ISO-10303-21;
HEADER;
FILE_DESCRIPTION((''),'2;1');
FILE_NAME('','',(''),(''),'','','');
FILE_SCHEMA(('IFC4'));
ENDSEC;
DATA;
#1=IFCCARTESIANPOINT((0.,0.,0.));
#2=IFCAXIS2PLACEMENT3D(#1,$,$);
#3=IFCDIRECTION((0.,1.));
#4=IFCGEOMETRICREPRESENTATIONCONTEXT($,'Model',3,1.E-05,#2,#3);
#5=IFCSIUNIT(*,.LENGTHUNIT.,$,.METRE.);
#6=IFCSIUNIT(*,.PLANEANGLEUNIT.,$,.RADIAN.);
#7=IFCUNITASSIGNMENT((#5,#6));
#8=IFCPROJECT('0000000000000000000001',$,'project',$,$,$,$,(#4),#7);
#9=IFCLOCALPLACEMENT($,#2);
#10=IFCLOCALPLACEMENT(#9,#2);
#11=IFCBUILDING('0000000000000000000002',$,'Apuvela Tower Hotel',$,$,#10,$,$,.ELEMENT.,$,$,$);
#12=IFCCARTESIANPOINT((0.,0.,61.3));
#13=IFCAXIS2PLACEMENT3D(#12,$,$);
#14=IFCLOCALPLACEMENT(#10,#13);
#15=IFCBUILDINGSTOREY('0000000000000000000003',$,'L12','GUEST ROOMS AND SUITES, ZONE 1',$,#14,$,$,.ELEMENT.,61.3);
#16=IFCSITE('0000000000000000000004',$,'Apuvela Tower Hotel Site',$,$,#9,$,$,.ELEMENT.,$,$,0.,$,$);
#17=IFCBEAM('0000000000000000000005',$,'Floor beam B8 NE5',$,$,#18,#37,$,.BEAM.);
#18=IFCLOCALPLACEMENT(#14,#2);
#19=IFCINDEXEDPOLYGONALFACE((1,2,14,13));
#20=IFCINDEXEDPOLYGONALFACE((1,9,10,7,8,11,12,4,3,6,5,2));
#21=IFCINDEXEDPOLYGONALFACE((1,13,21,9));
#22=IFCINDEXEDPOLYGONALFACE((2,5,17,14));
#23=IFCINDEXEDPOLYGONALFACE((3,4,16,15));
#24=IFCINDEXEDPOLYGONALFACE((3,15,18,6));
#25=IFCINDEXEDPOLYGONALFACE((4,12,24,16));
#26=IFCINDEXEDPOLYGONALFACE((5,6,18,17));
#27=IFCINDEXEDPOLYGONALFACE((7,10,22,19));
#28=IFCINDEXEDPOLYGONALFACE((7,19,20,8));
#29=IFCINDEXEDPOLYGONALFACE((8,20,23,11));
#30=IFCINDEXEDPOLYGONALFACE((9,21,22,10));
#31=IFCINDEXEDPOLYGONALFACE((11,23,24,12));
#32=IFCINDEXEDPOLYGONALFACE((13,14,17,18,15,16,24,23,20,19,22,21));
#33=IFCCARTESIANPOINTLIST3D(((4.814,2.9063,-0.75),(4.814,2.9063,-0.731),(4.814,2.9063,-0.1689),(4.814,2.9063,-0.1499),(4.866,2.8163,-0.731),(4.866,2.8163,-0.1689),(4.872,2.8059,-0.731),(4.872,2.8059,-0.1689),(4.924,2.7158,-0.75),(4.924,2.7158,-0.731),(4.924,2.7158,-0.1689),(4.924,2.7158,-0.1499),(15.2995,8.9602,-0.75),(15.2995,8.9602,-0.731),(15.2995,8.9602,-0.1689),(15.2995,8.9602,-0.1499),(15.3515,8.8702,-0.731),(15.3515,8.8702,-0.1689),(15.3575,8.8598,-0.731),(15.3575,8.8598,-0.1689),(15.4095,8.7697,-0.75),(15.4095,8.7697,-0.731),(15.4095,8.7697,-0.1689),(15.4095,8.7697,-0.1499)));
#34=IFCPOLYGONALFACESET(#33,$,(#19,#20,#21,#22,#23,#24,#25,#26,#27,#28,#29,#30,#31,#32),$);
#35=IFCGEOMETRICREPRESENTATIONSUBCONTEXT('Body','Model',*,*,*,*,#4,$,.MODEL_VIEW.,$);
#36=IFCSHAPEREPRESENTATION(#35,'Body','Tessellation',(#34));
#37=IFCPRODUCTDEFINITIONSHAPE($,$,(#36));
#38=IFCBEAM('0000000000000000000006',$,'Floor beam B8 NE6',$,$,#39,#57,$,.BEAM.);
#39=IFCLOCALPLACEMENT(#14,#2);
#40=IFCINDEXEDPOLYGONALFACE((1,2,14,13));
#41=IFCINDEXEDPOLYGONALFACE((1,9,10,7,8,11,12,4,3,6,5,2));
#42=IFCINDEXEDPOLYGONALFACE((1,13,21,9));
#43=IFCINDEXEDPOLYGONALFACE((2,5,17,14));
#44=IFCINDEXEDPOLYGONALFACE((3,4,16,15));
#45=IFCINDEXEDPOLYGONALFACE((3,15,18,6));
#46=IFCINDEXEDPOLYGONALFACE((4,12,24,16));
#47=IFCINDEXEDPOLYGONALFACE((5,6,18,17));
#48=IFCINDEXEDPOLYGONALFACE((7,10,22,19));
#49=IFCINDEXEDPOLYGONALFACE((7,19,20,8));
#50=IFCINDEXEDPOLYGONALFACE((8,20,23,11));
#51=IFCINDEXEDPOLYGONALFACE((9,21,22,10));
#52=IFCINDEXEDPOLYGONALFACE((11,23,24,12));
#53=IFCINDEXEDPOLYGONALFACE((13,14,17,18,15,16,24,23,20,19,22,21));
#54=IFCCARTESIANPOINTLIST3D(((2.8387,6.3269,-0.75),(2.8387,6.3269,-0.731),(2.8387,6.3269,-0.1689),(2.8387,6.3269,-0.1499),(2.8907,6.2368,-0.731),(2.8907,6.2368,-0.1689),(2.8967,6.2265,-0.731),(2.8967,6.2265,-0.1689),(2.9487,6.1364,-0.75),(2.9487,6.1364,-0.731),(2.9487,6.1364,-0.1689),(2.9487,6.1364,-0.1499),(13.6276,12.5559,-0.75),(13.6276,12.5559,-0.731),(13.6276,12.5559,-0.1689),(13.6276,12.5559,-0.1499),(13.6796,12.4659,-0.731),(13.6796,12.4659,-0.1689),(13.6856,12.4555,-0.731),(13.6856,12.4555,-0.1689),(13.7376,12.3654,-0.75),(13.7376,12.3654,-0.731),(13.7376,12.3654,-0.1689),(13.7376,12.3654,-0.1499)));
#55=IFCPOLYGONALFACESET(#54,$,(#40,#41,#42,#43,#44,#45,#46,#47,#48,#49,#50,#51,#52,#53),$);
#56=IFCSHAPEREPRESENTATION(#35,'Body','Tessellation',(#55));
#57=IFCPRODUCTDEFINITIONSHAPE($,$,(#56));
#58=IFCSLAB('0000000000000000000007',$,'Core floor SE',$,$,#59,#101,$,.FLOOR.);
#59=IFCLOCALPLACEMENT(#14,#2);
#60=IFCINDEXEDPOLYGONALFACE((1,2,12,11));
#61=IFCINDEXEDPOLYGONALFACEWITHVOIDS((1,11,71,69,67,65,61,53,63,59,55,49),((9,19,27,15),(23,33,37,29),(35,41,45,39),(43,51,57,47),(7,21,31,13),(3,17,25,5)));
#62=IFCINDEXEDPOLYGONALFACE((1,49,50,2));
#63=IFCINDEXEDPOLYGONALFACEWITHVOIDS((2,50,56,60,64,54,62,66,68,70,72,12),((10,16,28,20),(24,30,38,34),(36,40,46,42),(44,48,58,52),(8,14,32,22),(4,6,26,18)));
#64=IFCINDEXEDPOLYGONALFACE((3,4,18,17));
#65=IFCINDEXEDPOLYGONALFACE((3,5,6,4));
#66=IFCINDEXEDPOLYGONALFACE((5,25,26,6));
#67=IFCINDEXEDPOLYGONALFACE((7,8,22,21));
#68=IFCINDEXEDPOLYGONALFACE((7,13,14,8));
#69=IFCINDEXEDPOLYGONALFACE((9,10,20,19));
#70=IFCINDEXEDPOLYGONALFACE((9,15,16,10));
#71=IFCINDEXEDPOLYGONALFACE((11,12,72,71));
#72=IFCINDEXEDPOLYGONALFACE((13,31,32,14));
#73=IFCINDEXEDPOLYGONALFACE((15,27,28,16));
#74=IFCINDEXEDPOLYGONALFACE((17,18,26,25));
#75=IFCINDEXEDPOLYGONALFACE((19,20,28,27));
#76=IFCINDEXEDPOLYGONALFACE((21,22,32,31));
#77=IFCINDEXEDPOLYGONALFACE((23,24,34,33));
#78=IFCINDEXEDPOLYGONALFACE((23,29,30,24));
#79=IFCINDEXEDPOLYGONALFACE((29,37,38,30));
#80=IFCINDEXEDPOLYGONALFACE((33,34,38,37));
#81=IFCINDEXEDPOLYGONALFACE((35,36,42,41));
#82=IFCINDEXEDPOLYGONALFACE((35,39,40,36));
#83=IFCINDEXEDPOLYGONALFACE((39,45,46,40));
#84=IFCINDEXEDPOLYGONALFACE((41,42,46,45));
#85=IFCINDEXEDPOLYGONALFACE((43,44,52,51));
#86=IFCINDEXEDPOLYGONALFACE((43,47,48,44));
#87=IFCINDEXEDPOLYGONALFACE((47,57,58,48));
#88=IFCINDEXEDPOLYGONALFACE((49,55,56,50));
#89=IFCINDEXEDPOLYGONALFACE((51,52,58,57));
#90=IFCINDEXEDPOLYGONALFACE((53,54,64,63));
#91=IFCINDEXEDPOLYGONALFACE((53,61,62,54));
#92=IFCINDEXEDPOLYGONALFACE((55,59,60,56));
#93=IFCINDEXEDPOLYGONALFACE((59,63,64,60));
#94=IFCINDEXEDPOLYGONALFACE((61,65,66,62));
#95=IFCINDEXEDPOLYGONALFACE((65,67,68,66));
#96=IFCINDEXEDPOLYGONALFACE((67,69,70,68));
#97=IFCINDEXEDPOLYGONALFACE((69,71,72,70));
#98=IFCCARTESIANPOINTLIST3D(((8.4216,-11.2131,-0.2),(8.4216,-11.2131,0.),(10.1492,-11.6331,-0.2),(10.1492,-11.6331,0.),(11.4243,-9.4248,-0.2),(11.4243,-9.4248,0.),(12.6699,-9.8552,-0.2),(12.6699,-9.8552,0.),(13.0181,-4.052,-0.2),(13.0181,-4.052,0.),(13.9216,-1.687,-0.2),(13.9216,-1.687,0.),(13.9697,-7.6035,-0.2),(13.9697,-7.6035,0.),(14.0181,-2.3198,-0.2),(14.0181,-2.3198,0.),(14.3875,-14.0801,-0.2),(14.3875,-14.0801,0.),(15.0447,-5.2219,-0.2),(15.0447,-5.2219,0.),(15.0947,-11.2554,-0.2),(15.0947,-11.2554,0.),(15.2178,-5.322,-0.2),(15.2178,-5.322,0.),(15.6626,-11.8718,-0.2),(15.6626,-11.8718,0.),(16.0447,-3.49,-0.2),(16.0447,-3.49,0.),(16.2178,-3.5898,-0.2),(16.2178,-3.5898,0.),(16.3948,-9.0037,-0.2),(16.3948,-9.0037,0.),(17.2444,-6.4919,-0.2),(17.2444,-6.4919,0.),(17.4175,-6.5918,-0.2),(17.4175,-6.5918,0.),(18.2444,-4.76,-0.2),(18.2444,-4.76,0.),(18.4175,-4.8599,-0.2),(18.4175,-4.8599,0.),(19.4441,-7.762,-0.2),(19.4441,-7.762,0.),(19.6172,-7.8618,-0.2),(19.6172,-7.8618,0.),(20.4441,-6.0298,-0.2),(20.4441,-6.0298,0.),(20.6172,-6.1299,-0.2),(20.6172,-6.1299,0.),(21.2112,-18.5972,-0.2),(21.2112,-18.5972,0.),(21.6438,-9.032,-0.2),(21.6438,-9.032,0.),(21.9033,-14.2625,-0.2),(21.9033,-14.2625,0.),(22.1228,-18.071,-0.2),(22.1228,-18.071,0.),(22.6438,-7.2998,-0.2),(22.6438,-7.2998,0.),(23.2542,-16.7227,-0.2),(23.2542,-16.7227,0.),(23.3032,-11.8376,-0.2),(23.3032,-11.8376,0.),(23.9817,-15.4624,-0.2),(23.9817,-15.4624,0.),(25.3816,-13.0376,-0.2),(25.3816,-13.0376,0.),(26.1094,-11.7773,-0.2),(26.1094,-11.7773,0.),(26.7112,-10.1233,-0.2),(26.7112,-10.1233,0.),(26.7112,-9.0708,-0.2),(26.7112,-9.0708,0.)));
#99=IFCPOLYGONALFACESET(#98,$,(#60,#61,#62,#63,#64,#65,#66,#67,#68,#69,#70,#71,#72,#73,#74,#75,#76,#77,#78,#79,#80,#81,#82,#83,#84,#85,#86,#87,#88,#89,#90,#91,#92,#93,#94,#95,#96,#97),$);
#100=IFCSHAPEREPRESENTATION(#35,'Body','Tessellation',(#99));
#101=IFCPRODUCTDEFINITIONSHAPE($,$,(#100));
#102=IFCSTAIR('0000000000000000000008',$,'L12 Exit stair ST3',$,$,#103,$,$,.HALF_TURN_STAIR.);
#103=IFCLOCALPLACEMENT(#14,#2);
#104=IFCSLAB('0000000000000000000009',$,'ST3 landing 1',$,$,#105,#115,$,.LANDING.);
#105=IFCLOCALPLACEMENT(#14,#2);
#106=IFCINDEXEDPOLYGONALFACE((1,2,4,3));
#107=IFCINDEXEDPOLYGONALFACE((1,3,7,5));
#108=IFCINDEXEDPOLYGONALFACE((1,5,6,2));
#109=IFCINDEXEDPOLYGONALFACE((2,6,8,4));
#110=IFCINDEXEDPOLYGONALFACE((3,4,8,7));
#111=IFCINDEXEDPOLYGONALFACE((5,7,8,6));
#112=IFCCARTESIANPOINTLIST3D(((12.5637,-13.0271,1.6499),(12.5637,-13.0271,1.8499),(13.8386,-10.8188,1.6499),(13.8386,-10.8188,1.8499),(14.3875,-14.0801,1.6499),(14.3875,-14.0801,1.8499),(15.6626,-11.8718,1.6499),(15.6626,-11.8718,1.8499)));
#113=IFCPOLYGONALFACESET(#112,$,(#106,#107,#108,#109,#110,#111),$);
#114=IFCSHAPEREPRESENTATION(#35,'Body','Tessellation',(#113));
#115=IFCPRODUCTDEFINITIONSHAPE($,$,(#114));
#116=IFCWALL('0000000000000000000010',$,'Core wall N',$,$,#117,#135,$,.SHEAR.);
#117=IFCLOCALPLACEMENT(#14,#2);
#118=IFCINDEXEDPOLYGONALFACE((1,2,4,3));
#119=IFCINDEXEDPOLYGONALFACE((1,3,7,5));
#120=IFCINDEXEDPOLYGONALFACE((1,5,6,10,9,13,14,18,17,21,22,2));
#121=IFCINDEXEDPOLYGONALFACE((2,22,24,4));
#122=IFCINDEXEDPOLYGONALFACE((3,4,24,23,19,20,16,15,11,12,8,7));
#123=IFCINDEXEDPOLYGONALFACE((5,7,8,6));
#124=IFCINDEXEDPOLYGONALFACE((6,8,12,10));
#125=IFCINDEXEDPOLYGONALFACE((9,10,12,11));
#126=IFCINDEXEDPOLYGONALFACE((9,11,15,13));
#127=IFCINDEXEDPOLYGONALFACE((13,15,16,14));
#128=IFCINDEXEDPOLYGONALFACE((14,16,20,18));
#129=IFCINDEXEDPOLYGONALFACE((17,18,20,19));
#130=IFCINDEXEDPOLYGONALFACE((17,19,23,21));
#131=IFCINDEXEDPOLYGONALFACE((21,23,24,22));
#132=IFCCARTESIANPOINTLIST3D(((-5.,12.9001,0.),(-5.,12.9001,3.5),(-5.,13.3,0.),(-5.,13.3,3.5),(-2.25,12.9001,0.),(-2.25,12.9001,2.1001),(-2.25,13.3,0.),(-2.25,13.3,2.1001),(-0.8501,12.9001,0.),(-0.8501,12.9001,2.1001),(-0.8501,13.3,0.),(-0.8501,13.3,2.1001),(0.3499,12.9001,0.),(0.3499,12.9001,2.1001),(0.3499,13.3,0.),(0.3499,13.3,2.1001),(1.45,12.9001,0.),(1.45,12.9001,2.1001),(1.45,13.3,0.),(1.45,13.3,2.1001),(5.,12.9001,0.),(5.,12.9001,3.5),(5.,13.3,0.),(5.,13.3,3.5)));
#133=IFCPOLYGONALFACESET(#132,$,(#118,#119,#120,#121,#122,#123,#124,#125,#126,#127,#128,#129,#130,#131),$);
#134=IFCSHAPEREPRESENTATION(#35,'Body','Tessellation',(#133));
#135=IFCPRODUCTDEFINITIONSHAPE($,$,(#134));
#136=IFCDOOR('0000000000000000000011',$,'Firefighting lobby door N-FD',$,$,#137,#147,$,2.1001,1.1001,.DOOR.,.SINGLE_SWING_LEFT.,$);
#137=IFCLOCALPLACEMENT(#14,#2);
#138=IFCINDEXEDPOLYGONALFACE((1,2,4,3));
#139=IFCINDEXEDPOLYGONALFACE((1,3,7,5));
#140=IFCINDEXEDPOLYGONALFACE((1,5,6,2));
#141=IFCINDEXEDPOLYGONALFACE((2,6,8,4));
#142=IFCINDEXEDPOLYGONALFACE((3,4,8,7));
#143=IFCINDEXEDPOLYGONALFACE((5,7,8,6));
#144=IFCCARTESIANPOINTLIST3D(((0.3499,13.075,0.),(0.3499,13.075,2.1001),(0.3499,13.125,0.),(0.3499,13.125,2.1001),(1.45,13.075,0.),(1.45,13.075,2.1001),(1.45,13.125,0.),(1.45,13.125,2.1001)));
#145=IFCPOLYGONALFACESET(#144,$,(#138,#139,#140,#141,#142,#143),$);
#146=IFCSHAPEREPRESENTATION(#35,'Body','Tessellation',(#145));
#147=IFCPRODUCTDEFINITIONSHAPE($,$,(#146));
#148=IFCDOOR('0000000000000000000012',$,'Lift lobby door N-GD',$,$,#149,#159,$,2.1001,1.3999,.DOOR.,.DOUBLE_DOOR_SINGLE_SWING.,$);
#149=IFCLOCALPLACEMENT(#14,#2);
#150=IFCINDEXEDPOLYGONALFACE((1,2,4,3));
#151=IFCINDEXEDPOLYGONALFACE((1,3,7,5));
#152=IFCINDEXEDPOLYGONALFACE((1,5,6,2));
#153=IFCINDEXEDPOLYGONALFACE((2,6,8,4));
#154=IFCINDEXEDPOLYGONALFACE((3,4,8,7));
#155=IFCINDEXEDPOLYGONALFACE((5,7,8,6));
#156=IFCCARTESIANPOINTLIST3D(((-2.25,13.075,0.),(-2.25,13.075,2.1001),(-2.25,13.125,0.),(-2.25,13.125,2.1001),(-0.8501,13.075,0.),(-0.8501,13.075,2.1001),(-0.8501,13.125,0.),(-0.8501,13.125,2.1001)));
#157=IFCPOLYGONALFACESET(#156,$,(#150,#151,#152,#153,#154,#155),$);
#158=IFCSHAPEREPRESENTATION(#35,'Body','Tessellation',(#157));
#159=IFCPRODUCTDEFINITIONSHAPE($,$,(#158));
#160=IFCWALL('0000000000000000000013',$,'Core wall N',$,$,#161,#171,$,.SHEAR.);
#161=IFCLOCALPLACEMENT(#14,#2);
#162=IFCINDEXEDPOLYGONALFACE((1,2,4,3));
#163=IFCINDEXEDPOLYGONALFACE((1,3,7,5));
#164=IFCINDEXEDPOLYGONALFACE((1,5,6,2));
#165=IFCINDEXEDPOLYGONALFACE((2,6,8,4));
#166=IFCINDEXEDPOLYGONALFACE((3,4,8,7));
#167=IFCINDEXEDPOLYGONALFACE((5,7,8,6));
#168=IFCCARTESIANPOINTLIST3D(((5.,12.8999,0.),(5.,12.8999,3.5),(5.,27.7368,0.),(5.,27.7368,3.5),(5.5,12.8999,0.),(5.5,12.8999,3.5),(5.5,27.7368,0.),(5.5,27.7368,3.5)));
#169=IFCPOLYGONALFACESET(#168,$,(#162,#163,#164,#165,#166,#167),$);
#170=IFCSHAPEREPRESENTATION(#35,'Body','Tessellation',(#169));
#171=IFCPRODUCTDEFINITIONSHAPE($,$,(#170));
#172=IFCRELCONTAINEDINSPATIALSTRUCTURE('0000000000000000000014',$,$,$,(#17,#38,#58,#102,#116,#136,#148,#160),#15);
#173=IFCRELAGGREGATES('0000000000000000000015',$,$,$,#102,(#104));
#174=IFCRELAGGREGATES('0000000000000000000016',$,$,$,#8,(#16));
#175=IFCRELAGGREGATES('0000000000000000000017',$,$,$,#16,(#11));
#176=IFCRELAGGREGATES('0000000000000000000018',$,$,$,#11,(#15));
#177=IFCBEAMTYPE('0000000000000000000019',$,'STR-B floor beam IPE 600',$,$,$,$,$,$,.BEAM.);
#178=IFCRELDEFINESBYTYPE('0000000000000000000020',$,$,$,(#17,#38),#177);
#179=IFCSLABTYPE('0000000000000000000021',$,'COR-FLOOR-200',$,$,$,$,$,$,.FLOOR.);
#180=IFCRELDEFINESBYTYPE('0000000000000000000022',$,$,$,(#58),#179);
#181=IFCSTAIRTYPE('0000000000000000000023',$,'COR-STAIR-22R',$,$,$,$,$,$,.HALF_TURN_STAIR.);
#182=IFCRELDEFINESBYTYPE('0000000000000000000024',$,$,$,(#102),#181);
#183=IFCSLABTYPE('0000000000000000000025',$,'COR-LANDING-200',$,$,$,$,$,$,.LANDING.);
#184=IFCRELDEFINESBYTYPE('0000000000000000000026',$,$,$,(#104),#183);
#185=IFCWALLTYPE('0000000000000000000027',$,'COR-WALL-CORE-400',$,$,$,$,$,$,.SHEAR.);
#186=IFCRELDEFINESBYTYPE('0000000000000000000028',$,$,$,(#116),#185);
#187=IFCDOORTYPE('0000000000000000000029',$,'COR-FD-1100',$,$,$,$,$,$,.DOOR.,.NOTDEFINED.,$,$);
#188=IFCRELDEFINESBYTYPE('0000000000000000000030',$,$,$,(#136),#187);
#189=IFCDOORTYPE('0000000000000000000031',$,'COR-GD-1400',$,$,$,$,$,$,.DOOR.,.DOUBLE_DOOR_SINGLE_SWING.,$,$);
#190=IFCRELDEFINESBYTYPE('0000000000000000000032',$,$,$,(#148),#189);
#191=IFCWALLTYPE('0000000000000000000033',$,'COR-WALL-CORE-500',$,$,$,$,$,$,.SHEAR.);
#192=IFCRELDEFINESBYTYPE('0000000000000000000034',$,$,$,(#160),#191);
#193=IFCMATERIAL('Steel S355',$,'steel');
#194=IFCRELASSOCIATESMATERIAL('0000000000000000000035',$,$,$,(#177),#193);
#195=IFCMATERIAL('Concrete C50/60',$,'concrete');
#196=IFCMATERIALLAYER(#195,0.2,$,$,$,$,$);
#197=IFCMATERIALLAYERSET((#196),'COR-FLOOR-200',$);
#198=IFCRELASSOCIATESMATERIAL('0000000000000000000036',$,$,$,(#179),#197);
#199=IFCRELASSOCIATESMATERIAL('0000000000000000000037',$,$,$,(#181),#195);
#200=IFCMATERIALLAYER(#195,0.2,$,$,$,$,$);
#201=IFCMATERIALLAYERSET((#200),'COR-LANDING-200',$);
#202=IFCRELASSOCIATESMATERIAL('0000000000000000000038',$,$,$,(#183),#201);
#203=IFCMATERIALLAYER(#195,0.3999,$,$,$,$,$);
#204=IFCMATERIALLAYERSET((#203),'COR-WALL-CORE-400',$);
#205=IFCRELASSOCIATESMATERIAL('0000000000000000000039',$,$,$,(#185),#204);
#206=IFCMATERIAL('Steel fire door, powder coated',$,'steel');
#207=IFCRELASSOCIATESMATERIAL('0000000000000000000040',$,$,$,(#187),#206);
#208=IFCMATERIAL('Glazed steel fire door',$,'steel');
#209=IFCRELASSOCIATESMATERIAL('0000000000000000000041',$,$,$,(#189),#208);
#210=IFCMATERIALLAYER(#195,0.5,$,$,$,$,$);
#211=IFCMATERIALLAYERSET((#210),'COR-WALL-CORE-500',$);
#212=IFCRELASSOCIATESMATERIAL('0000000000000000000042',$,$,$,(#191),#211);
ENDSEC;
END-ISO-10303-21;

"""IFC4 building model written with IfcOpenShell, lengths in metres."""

from ifc_helpers import new_model, si_unit, direction, frame, frame_2d, origin, origin_2d, place, context, subcontext, project, spatial, polyline, rectangle, i_section, outline, extrude, material, layer, layer_set, material_profile, profile_set, type_object, element, fill, aggregate, save


model = new_model("IFC4")

# Units and contexts
model_context = context("Model", 3, precision=1e-05, world=origin(), true_north=direction((0.0, 1.0)))
body_context = subcontext(model_context, "Body", "Model", "MODEL_VIEW")
ifc_project = project(units=[si_unit("LENGTHUNIT", "METRE"), si_unit("PLANEANGLEUNIT", "RADIAN")], contexts=[model_context])

# Site, building, storey
site_placement = place(None, origin())
site = spatial("IfcSite", under=ifc_project, at=site_placement, Name="Apuvela Tower Hotel Site", CompositionType="ELEMENT", RefElevation=0.0)
building_placement = place(site_placement, origin())
building = spatial("IfcBuilding", under=site, at=building_placement, Name="Apuvela Tower Hotel", CompositionType="ELEMENT")
storey_placement = place(building_placement, frame((0.0, 0.0, 61.3)))
storey = spatial("IfcBuildingStorey", under=building, at=storey_placement, Name="L12", Description="GUEST ROOMS AND SUITES, ZONE 1", CompositionType="ELEMENT", Elevation=61.3)

# Beams
ifc_material_1 = material(Name="Steel S355", Category="steel")
ifc_material_profile = material_profile(ifc_material_1, i_section(OverallWidth=0.22, OverallDepth=0.6001, WebThickness=0.012, FlangeThickness=0.019, at=origin_2d()), Name="IPE 600")
ifc_profile_set = profile_set([ifc_material_profile], Name="Steel S355")
beam_type = type_object("IfcBeamType", Name="STR-B floor beam IPE 600", PredefinedType="BEAM", material=ifc_profile_set)
beam_1_placement = place(storey_placement, frame((15.3545, 8.865, -0.45), z_axis=(-0.866022, -0.500006, 0.0), x_axis=(0.500006, -0.866022, 0.0)))
element("IfcBeam", 1, at=beam_1_placement, inside=storey, type_object=beam_type, Name="Floor beam B8 NE5", PredefinedType="BEAM", context=body_context, shape_type="SweptSolid", body=[
    extrude(i_section(OverallWidth=0.22, OverallDepth=0.6001, WebThickness=0.012, FlangeThickness=0.019, at=origin_2d()), origin(), (0.0, 0.0, 1.0), 12.1077),
])
beam_2_placement = place(storey_placement, frame((13.6826, 12.4607, -0.45), z_axis=(-0.866023, -0.500005, 0.0), x_axis=(0.500005, -0.866023, 0.0)))
element("IfcBeam", 2, at=beam_2_placement, inside=storey, type_object=beam_type, Name="Floor beam B8 NE6", PredefinedType="BEAM", context=body_context, shape_type="SweptSolid", body=[
    extrude(i_section(OverallWidth=0.22, OverallDepth=0.6001, WebThickness=0.012, FlangeThickness=0.019, at=origin_2d()), origin(), (0.0, 0.0, 1.0), 12.458),
])

# Slab
ifc_material_2 = material(Name="Concrete C50/60", Category="concrete")
ifc_layer_1 = layer(ifc_material_2, 0.2)
ifc_layer_set_1 = layer_set([ifc_layer_1], Name="COR-FLOOR-200")
slab_type_1 = type_object("IfcSlabType", Name="COR-FLOOR-200", PredefinedType="FLOOR", material=ifc_layer_set_1)
slab_1_placement = place(storey_placement, frame((0.0, 0.0, -0.2)))
element("IfcSlab", 3, at=slab_1_placement, inside=storey, type_object=slab_type_1, Name="Core floor SE", PredefinedType="FLOOR", context=body_context, shape_type="SweptSolid", body=[
    extrude(outline(polyline([(21.2112, -18.5972), (22.1228, -18.071), (23.2542, -16.7227), (23.9817, -15.4624), (21.9033, -14.2625), (23.3032, -11.8376), (25.3816, -13.0376), (26.1094, -11.7773), (26.7112, -10.1233), (26.7112, -9.0708), (13.9216, -1.687), (8.4216, -11.2131), (21.2112, -18.5972)]), holes=[polyline([(13.0181, -4.052), (14.0181, -2.3198), (16.0447, -3.49), (15.0447, -5.2219), (13.0181, -4.052)]), polyline([(17.2444, -6.4919), (15.2178, -5.322), (16.2178, -3.5898), (18.2444, -4.76), (17.2444, -6.4919)]), polyline([(14.3875, -14.0801), (10.1492, -11.6331), (11.4243, -9.4248), (15.6626, -11.8718), (14.3875, -14.0801)]), polyline([(12.6699, -9.8552), (13.9697, -7.6035), (16.3948, -9.0037), (15.0947, -11.2554), (12.6699, -9.8552)]), polyline([(19.4441, -7.762), (17.4175, -6.5918), (18.4175, -4.8599), (20.4441, -6.0298), (19.4441, -7.762)]), polyline([(21.6438, -9.032), (19.6172, -7.8618), (20.6172, -6.1299), (22.6438, -7.2998), (21.6438, -9.032)])]), origin(), (0.0, 0.0, 1.0), 0.2),
])

# Stair, slab
stair_type = type_object("IfcStairType", Name="COR-STAIR-22R", PredefinedType="HALF_TURN_STAIR", material=ifc_material_2)
stair_placement = place(storey_placement, origin())
stair = element("IfcStair", 4, at=stair_placement, inside=storey, type_object=stair_type, Name="L12 Exit stair ST3", PredefinedType="HALF_TURN_STAIR")
ifc_layer_2 = layer(ifc_material_2, 0.2)
ifc_layer_set_2 = layer_set([ifc_layer_2], Name="COR-LANDING-200")
slab_type_2 = type_object("IfcSlabType", Name="COR-LANDING-200", PredefinedType="LANDING", material=ifc_layer_set_2)
slab_2_placement = place(storey_placement, frame((0.0, 0.0, 1.6499)))
slab_2 = element("IfcSlab", 5, at=slab_2_placement, type_object=slab_type_2, Name="ST3 landing 1", PredefinedType="LANDING", context=body_context, shape_type="SweptSolid", body=[
    extrude(outline(polyline([(12.5637, -13.0271), (14.3875, -14.0801), (15.6626, -11.8718), (13.8386, -10.8188), (12.5637, -13.0271)])), origin(), (0.0, 0.0, 1.0), 0.2),
])
aggregate(stair, [slab_2])

# Wall, openings, doors
ifc_layer_3 = layer(ifc_material_2, 0.3999)
ifc_layer_set_3 = layer_set([ifc_layer_3], Name="COR-WALL-CORE-400")
wall_type_1 = type_object("IfcWallType", Name="COR-WALL-CORE-400", PredefinedType="SHEAR", material=ifc_layer_set_3)
wall_1_placement = place(storey_placement, frame((5.0, 13.1001, 0.0), z_axis=(0.0, 0.0, 1.0), x_axis=(-1.0, 0.0, 0.0)))
wall_1 = element("IfcWall", 6, at=wall_1_placement, inside=storey, type_object=wall_type_1, Name="Core wall N", PredefinedType="SHEAR", context=body_context, shape_type="SweptSolid", body=[
    extrude(rectangle(XDim=10.0, YDim=0.3999, at=frame_2d((5.0, 0.0))), origin(), (0.0, 0.0, 1.0), 3.5),
])
opening_1_placement = place(wall_1_placement, frame((3.55, 0.0, 0.0)))
opening_1 = element("IfcOpeningElement", 7, at=opening_1_placement, cuts=wall_1, PredefinedType="OPENING", context=body_context, shape_type="SweptSolid", body=[
    extrude(rectangle(XDim=1.1001, YDim=2.1001, at=frame_2d((0.55, 1.05))), frame((0.0, 0.21, 0.0), z_axis=(0.0, -1.0, 0.0), x_axis=(1.0, 0.0, 0.0)), (0.0, 0.0, 1.0), 0.4199),
])
opening_2_placement = place(wall_1_placement, frame((5.8501, 0.0, 0.0)))
opening_2 = element("IfcOpeningElement", 8, at=opening_2_placement, cuts=wall_1, PredefinedType="OPENING", context=body_context, shape_type="SweptSolid", body=[
    extrude(rectangle(XDim=1.3999, YDim=2.1001, at=frame_2d((0.7, 1.05))), frame((0.0, 0.21, 0.0), z_axis=(0.0, -1.0, 0.0), x_axis=(1.0, 0.0, 0.0)), (0.0, 0.0, 1.0), 0.4199),
])
ifc_material_3 = material(Name="Steel fire door, powder coated", Category="steel")
door_type_1 = type_object("IfcDoorType", Name="COR-FD-1100", OperationType="NOTDEFINED", PredefinedType="DOOR", material=ifc_material_3)
door_1_placement = place(opening_1_placement, frame((1.1001, 0.0, 0.0), z_axis=(0.0, 0.0, 1.0), x_axis=(-1.0, 0.0, 0.0)))
door_1 = element("IfcDoor", 9, at=door_1_placement, inside=storey, type_object=door_type_1, Name="Firefighting lobby door N-FD", OperationType="SINGLE_SWING_LEFT", OverallHeight=2.1001, OverallWidth=1.1001, PredefinedType="DOOR", context=body_context, shape_type="SweptSolid", body=[
    extrude(rectangle(XDim=1.1001, YDim=2.1001, at=frame_2d((0.55, 1.05))), frame((0.0, 0.0249, 0.0), z_axis=(0.0, -1.0, 0.0), x_axis=(1.0, 0.0, 0.0)), (0.0, 0.0, 1.0), 0.05),
])
fill(opening_1, door_1)
ifc_material_4 = material(Name="Glazed steel fire door", Category="steel")
door_type_2 = type_object("IfcDoorType", Name="COR-GD-1400", OperationType="DOUBLE_DOOR_SINGLE_SWING", PredefinedType="DOOR", material=ifc_material_4)
door_2_placement = place(opening_2_placement, frame((1.3999, 0.0, 0.0), z_axis=(0.0, 0.0, 1.0), x_axis=(-1.0, 0.0, 0.0)))
door_2 = element("IfcDoor", 10, at=door_2_placement, inside=storey, type_object=door_type_2, Name="Lift lobby door N-GD", OperationType="DOUBLE_DOOR_SINGLE_SWING", OverallHeight=2.1001, OverallWidth=1.3999, PredefinedType="DOOR", context=body_context, shape_type="SweptSolid", body=[
    extrude(rectangle(XDim=1.3999, YDim=2.1001, at=frame_2d((0.7, 1.05))), frame((0.0, 0.0249, 0.0), z_axis=(0.0, -1.0, 0.0), x_axis=(1.0, 0.0, 0.0)), (0.0, 0.0, 1.0), 0.05),
])
fill(opening_2, door_2)

# Wall
ifc_layer_4 = layer(ifc_material_2, 0.5)
ifc_layer_set_4 = layer_set([ifc_layer_4], Name="COR-WALL-CORE-500")
wall_type_2 = type_object("IfcWallType", Name="COR-WALL-CORE-500", PredefinedType="SHEAR", material=ifc_layer_set_4)
for number, where, z_axis, x_axis, name in (
    (11, (5.25, 12.8999, 0.0), (0.0, 0.0, 1.0), (0.0, 1.0, 0.0), "Core wall N"),
):
    element("IfcWall", number, at=place(storey_placement, frame(where, z_axis=z_axis, x_axis=x_axis)), inside=storey, type_object=wall_type_2, Name=name, PredefinedType="SHEAR", context=body_context, shape_type="SweptSolid", body=[
        extrude(rectangle(XDim=14.8369, YDim=0.5, at=frame_2d((7.4185, 0.0))), origin(), (0.0, 0.0, 1.0), 3.5),
    ])

save(model, "model.ifc")
